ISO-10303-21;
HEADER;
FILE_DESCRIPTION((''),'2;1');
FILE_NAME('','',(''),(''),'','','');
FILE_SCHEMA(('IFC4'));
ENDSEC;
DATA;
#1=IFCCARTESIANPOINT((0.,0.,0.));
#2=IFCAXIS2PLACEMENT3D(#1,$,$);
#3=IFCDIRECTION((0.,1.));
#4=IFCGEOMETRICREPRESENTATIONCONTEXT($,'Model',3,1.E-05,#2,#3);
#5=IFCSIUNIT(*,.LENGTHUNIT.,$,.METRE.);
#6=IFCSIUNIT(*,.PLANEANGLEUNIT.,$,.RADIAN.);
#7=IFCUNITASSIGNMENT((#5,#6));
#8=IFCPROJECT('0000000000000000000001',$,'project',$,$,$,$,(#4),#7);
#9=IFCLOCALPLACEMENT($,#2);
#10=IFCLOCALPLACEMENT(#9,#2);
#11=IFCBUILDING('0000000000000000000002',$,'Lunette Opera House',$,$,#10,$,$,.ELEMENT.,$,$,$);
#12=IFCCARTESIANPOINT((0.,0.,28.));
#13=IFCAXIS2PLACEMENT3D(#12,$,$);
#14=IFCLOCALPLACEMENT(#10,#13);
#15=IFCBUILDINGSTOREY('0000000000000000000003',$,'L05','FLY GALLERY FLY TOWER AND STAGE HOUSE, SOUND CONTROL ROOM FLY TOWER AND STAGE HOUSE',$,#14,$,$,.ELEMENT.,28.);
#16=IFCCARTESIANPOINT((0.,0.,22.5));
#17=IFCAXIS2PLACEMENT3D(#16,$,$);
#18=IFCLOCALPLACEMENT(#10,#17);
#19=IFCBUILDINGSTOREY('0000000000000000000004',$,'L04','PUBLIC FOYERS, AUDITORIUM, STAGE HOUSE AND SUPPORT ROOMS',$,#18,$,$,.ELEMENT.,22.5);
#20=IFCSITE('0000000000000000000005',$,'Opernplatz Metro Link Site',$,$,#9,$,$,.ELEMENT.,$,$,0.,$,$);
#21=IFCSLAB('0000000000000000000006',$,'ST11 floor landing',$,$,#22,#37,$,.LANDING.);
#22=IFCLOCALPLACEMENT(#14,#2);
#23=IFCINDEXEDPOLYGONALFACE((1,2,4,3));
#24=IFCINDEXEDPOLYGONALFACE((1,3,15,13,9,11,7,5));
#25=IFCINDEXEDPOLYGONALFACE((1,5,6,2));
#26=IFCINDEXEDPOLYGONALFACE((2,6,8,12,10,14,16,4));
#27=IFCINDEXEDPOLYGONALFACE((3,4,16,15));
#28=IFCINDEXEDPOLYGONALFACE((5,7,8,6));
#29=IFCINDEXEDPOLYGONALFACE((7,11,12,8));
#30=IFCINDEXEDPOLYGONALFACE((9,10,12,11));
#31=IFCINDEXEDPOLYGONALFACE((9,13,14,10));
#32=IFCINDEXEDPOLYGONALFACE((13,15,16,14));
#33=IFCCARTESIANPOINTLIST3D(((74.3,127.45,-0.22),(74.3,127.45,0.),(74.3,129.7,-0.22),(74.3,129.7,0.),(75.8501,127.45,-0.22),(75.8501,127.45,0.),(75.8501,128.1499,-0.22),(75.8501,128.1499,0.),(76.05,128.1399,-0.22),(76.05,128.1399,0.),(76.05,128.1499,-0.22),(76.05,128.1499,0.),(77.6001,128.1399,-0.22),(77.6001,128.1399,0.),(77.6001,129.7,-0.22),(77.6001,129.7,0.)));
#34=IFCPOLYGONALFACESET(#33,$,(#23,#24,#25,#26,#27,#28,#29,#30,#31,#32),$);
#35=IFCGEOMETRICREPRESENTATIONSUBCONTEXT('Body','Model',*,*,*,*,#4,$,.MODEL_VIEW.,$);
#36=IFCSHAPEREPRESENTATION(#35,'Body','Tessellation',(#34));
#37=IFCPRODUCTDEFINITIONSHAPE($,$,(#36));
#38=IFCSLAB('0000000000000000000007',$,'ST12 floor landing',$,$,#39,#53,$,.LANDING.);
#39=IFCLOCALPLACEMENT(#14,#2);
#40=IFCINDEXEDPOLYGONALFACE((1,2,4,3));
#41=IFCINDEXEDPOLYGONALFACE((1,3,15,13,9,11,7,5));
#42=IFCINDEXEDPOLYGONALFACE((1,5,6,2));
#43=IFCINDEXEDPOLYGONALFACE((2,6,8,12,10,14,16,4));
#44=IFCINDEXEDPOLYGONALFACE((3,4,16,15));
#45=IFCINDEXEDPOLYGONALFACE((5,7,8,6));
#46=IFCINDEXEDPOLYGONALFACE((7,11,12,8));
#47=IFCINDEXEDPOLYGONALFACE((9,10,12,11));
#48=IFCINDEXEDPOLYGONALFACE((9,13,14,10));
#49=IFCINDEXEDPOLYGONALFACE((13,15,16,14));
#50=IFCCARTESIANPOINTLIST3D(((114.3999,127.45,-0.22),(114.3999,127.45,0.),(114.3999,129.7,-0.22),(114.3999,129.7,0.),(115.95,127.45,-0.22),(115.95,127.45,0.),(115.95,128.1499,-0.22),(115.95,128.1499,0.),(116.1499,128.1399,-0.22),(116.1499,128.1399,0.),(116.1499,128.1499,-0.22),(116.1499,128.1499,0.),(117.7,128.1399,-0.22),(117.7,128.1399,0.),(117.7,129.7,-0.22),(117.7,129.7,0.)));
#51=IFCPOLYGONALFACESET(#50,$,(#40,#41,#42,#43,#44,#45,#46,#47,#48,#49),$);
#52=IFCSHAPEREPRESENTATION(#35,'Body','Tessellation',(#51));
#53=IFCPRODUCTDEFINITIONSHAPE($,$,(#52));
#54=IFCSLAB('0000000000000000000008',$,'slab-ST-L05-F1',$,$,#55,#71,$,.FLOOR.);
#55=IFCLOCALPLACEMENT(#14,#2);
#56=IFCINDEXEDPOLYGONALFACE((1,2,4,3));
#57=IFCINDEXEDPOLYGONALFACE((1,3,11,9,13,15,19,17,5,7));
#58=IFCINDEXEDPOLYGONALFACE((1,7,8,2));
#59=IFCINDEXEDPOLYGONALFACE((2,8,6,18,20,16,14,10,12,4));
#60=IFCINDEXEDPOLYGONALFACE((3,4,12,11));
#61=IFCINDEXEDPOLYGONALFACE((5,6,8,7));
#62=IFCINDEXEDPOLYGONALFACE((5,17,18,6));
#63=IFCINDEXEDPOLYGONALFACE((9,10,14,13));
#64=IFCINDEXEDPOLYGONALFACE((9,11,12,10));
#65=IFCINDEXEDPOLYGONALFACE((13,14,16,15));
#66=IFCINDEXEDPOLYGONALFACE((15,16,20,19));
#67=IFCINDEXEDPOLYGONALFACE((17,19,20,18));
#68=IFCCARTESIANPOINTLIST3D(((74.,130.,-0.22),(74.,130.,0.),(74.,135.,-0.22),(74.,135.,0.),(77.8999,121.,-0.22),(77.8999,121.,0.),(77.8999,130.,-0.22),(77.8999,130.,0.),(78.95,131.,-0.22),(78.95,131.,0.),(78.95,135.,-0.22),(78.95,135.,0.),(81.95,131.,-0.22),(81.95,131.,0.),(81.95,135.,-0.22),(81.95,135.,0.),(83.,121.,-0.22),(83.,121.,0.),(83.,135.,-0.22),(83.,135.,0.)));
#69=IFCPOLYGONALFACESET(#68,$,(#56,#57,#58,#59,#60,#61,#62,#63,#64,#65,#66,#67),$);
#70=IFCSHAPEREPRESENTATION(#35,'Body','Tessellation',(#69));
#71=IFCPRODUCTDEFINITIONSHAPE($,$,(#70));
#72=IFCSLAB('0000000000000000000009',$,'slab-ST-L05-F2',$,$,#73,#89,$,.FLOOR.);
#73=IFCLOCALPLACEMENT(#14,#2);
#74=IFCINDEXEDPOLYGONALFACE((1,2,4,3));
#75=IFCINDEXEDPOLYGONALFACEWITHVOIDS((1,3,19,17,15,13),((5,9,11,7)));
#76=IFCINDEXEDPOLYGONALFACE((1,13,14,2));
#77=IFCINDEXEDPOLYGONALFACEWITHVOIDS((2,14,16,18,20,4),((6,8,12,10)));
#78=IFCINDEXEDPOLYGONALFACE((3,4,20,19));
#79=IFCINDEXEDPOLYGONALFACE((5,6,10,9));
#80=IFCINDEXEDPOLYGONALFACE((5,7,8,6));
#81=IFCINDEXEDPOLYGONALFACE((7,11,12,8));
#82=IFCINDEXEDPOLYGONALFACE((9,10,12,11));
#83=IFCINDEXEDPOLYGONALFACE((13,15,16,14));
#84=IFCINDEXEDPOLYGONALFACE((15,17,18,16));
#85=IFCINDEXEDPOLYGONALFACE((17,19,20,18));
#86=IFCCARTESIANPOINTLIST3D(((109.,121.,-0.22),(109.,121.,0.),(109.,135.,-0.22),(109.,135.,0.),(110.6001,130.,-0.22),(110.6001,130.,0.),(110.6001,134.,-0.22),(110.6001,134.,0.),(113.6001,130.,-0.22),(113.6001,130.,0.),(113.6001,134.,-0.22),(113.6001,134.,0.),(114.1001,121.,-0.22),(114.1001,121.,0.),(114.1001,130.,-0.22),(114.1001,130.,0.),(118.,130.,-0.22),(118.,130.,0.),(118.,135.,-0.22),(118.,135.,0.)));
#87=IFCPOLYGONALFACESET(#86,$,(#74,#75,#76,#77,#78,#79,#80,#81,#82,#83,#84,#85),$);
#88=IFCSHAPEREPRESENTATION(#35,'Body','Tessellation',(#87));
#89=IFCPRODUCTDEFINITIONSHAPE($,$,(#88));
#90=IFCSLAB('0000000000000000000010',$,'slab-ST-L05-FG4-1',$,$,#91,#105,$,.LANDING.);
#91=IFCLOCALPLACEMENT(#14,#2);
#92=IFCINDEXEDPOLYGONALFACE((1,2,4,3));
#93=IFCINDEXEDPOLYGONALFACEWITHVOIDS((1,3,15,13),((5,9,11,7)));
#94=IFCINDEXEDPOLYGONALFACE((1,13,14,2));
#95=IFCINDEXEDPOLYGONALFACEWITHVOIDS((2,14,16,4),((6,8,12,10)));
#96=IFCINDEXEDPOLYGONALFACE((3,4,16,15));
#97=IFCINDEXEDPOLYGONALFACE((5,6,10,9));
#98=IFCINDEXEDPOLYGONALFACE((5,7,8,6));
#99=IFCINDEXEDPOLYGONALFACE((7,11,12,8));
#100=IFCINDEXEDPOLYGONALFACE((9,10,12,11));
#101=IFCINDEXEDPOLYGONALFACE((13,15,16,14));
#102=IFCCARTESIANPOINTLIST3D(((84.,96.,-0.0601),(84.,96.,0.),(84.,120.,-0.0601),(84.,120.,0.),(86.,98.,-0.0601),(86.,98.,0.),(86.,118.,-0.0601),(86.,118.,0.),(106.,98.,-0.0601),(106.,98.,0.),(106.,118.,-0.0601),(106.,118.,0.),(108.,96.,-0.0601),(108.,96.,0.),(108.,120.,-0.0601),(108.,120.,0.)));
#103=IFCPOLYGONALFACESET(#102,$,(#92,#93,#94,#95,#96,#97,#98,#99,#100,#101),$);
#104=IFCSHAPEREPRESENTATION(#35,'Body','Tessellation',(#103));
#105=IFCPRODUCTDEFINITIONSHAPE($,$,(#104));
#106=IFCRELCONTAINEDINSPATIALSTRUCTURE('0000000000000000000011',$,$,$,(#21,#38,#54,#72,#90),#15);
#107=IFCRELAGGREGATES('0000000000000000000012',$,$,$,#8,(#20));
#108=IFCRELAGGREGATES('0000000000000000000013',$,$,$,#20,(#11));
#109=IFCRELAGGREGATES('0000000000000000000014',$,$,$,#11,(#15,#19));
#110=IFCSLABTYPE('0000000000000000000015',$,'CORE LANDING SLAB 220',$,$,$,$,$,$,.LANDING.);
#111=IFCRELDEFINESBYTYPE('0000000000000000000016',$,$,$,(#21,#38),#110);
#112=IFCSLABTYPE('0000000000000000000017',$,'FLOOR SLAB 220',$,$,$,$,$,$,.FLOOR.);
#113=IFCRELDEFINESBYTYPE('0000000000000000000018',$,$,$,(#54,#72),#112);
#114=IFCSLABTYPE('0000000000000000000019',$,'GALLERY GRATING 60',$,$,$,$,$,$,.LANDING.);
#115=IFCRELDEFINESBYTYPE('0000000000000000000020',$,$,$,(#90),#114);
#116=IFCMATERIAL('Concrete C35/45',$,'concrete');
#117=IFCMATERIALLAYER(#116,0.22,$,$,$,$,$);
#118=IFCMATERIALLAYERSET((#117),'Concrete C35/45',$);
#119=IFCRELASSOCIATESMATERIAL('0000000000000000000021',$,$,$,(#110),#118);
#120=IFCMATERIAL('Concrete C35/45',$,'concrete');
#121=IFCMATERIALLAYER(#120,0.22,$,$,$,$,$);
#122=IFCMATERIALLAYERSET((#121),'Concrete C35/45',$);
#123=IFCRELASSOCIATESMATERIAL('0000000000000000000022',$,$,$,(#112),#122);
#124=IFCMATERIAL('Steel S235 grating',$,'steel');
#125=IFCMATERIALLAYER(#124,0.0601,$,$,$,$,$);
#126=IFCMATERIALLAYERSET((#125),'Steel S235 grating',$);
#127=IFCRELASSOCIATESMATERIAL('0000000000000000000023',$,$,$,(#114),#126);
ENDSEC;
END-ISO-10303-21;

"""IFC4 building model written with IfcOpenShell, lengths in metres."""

from ifc_helpers import new_model, si_unit, direction, frame, origin, place, context, subcontext, project, spatial, polyline, outline, extrude, material, layer, layer_set, type_object, element, save


model = new_model("IFC4")

# Units and contexts
model_context = context("Model", 3, precision=1e-05, world=origin(), true_north=direction((0.0, 1.0)))
body_context = subcontext(model_context, "Body", "Model", "MODEL_VIEW")
ifc_project = project(units=[si_unit("LENGTHUNIT", "METRE"), si_unit("PLANEANGLEUNIT", "RADIAN")], contexts=[model_context])

# Site, building, storey
site_placement = place(None, origin())
site = spatial("IfcSite", under=ifc_project, at=site_placement, Name="Opernplatz Metro Link Site", CompositionType="ELEMENT", RefElevation=0.0)
building_placement = place(site_placement, origin())
building = spatial("IfcBuilding", under=site, at=building_placement, Name="Lunette Opera House", CompositionType="ELEMENT")
storey_1_placement = place(building_placement, frame((0.0, 0.0, 28.0)))
storey_1 = spatial("IfcBuildingStorey", under=building, at=storey_1_placement, Name="L05", Description="FLY GALLERY FLY TOWER AND STAGE HOUSE, SOUND CONTROL ROOM FLY TOWER AND STAGE HOUSE", CompositionType="ELEMENT", Elevation=28.0)

# Slabs
ifc_material_1 = material(Name="Concrete C35/45", Category="concrete")
ifc_layer_1 = layer(ifc_material_1, 0.22)
ifc_layer_set_1 = layer_set([ifc_layer_1], Name="Concrete C35/45")
slab_type_1 = type_object("IfcSlabType", Name="CORE LANDING SLAB 220", PredefinedType="LANDING", material=ifc_layer_set_1)
slab_1_placement = place(storey_1_placement, frame((0.0, 0.0, -0.22)))
element("IfcSlab", 1, at=slab_1_placement, inside=storey_1, type_object=slab_type_1, Name="ST11 floor landing", PredefinedType="LANDING", context=body_context, shape_type="SweptSolid", body=[
    extrude(outline(polyline([(77.6001, 129.7), (77.6001, 128.1399), (76.05, 128.1399), (76.05, 128.1499), (75.8501, 128.1499), (75.8501, 127.45), (74.3, 127.45), (74.3, 129.7), (77.6001, 129.7)])), origin(), (0.0, 0.0, 1.0), 0.22),
])
slab_2_placement = place(storey_1_placement, frame((0.0, 0.0, -0.22)))
element("IfcSlab", 2, at=slab_2_placement, inside=storey_1, type_object=slab_type_1, Name="ST12 floor landing", PredefinedType="LANDING", context=body_context, shape_type="SweptSolid", body=[
    extrude(outline(polyline([(117.7, 128.1399), (116.1499, 128.1399), (116.1499, 128.1499), (115.95, 128.1499), (115.95, 127.45), (114.3999, 127.45), (114.3999, 129.7), (117.7, 129.7), (117.7, 128.1399)])), origin(), (0.0, 0.0, 1.0), 0.22),
])
ifc_material_2 = material(Name="Concrete C35/45", Category="concrete")
ifc_layer_2 = layer(ifc_material_2, 0.22)
ifc_layer_set_2 = layer_set([ifc_layer_2], Name="Concrete C35/45")
slab_type_2 = type_object("IfcSlabType", Name="FLOOR SLAB 220", PredefinedType="FLOOR", material=ifc_layer_set_2)
slab_3_placement = place(storey_1_placement, frame((0.0, 0.0, -0.22)))
element("IfcSlab", 3, at=slab_3_placement, inside=storey_1, type_object=slab_type_2, Name="slab-ST-L05-F1", PredefinedType="FLOOR", context=body_context, shape_type="SweptSolid", body=[
    extrude(outline(polyline([(78.95, 135.0), (74.0, 135.0), (74.0, 130.0), (77.8999, 130.0), (77.8999, 121.0), (83.0, 121.0), (83.0, 135.0), (81.95, 135.0), (81.95, 131.0), (78.95, 131.0), (78.95, 135.0)])), origin(), (0.0, 0.0, 1.0), 0.22),
])
slab_4_placement = place(storey_1_placement, frame((0.0, 0.0, -0.22)))
element("IfcSlab", 4, at=slab_4_placement, inside=storey_1, type_object=slab_type_2, Name="slab-ST-L05-F2", PredefinedType="FLOOR", context=body_context, shape_type="SweptSolid", body=[
    extrude(outline(polyline([(109.0, 121.0), (114.1001, 121.0), (114.1001, 130.0), (118.0, 130.0), (118.0, 135.0), (109.0, 135.0), (109.0, 121.0)]), holes=[polyline([(110.6001, 130.0), (110.6001, 134.0), (113.6001, 134.0), (113.6001, 130.0), (110.6001, 130.0)])]), origin(), (0.0, 0.0, 1.0), 0.22),
])
ifc_material_3 = material(Name="Steel S235 grating", Category="steel")
ifc_layer_3 = layer(ifc_material_3, 0.0601)
ifc_layer_set_3 = layer_set([ifc_layer_3], Name="Steel S235 grating")
slab_type_3 = type_object("IfcSlabType", Name="GALLERY GRATING 60", PredefinedType="LANDING", material=ifc_layer_set_3)
slab_5_placement = place(storey_1_placement, frame((0.0, 0.0, -0.0601)))
element("IfcSlab", 5, at=slab_5_placement, inside=storey_1, type_object=slab_type_3, Name="slab-ST-L05-FG4-1", PredefinedType="LANDING", context=body_context, shape_type="SweptSolid", body=[
    extrude(outline(polyline([(84.0, 96.0), (108.0, 96.0), (108.0, 120.0), (84.0, 120.0), (84.0, 96.0)]), holes=[polyline([(106.0, 118.0), (106.0, 98.0), (86.0, 98.0), (86.0, 118.0), (106.0, 118.0)])]), origin(), (0.0, 0.0, 1.0), 0.0601),
])

# Shared definitions
storey_2_placement = place(building_placement, frame((0.0, 0.0, 22.5)))
storey_2 = spatial("IfcBuildingStorey", under=building, at=storey_2_placement, Name="L04", Description="PUBLIC FOYERS, AUDITORIUM, STAGE HOUSE AND SUPPORT ROOMS", CompositionType="ELEMENT", Elevation=22.5)

save(model, "model.ifc")
